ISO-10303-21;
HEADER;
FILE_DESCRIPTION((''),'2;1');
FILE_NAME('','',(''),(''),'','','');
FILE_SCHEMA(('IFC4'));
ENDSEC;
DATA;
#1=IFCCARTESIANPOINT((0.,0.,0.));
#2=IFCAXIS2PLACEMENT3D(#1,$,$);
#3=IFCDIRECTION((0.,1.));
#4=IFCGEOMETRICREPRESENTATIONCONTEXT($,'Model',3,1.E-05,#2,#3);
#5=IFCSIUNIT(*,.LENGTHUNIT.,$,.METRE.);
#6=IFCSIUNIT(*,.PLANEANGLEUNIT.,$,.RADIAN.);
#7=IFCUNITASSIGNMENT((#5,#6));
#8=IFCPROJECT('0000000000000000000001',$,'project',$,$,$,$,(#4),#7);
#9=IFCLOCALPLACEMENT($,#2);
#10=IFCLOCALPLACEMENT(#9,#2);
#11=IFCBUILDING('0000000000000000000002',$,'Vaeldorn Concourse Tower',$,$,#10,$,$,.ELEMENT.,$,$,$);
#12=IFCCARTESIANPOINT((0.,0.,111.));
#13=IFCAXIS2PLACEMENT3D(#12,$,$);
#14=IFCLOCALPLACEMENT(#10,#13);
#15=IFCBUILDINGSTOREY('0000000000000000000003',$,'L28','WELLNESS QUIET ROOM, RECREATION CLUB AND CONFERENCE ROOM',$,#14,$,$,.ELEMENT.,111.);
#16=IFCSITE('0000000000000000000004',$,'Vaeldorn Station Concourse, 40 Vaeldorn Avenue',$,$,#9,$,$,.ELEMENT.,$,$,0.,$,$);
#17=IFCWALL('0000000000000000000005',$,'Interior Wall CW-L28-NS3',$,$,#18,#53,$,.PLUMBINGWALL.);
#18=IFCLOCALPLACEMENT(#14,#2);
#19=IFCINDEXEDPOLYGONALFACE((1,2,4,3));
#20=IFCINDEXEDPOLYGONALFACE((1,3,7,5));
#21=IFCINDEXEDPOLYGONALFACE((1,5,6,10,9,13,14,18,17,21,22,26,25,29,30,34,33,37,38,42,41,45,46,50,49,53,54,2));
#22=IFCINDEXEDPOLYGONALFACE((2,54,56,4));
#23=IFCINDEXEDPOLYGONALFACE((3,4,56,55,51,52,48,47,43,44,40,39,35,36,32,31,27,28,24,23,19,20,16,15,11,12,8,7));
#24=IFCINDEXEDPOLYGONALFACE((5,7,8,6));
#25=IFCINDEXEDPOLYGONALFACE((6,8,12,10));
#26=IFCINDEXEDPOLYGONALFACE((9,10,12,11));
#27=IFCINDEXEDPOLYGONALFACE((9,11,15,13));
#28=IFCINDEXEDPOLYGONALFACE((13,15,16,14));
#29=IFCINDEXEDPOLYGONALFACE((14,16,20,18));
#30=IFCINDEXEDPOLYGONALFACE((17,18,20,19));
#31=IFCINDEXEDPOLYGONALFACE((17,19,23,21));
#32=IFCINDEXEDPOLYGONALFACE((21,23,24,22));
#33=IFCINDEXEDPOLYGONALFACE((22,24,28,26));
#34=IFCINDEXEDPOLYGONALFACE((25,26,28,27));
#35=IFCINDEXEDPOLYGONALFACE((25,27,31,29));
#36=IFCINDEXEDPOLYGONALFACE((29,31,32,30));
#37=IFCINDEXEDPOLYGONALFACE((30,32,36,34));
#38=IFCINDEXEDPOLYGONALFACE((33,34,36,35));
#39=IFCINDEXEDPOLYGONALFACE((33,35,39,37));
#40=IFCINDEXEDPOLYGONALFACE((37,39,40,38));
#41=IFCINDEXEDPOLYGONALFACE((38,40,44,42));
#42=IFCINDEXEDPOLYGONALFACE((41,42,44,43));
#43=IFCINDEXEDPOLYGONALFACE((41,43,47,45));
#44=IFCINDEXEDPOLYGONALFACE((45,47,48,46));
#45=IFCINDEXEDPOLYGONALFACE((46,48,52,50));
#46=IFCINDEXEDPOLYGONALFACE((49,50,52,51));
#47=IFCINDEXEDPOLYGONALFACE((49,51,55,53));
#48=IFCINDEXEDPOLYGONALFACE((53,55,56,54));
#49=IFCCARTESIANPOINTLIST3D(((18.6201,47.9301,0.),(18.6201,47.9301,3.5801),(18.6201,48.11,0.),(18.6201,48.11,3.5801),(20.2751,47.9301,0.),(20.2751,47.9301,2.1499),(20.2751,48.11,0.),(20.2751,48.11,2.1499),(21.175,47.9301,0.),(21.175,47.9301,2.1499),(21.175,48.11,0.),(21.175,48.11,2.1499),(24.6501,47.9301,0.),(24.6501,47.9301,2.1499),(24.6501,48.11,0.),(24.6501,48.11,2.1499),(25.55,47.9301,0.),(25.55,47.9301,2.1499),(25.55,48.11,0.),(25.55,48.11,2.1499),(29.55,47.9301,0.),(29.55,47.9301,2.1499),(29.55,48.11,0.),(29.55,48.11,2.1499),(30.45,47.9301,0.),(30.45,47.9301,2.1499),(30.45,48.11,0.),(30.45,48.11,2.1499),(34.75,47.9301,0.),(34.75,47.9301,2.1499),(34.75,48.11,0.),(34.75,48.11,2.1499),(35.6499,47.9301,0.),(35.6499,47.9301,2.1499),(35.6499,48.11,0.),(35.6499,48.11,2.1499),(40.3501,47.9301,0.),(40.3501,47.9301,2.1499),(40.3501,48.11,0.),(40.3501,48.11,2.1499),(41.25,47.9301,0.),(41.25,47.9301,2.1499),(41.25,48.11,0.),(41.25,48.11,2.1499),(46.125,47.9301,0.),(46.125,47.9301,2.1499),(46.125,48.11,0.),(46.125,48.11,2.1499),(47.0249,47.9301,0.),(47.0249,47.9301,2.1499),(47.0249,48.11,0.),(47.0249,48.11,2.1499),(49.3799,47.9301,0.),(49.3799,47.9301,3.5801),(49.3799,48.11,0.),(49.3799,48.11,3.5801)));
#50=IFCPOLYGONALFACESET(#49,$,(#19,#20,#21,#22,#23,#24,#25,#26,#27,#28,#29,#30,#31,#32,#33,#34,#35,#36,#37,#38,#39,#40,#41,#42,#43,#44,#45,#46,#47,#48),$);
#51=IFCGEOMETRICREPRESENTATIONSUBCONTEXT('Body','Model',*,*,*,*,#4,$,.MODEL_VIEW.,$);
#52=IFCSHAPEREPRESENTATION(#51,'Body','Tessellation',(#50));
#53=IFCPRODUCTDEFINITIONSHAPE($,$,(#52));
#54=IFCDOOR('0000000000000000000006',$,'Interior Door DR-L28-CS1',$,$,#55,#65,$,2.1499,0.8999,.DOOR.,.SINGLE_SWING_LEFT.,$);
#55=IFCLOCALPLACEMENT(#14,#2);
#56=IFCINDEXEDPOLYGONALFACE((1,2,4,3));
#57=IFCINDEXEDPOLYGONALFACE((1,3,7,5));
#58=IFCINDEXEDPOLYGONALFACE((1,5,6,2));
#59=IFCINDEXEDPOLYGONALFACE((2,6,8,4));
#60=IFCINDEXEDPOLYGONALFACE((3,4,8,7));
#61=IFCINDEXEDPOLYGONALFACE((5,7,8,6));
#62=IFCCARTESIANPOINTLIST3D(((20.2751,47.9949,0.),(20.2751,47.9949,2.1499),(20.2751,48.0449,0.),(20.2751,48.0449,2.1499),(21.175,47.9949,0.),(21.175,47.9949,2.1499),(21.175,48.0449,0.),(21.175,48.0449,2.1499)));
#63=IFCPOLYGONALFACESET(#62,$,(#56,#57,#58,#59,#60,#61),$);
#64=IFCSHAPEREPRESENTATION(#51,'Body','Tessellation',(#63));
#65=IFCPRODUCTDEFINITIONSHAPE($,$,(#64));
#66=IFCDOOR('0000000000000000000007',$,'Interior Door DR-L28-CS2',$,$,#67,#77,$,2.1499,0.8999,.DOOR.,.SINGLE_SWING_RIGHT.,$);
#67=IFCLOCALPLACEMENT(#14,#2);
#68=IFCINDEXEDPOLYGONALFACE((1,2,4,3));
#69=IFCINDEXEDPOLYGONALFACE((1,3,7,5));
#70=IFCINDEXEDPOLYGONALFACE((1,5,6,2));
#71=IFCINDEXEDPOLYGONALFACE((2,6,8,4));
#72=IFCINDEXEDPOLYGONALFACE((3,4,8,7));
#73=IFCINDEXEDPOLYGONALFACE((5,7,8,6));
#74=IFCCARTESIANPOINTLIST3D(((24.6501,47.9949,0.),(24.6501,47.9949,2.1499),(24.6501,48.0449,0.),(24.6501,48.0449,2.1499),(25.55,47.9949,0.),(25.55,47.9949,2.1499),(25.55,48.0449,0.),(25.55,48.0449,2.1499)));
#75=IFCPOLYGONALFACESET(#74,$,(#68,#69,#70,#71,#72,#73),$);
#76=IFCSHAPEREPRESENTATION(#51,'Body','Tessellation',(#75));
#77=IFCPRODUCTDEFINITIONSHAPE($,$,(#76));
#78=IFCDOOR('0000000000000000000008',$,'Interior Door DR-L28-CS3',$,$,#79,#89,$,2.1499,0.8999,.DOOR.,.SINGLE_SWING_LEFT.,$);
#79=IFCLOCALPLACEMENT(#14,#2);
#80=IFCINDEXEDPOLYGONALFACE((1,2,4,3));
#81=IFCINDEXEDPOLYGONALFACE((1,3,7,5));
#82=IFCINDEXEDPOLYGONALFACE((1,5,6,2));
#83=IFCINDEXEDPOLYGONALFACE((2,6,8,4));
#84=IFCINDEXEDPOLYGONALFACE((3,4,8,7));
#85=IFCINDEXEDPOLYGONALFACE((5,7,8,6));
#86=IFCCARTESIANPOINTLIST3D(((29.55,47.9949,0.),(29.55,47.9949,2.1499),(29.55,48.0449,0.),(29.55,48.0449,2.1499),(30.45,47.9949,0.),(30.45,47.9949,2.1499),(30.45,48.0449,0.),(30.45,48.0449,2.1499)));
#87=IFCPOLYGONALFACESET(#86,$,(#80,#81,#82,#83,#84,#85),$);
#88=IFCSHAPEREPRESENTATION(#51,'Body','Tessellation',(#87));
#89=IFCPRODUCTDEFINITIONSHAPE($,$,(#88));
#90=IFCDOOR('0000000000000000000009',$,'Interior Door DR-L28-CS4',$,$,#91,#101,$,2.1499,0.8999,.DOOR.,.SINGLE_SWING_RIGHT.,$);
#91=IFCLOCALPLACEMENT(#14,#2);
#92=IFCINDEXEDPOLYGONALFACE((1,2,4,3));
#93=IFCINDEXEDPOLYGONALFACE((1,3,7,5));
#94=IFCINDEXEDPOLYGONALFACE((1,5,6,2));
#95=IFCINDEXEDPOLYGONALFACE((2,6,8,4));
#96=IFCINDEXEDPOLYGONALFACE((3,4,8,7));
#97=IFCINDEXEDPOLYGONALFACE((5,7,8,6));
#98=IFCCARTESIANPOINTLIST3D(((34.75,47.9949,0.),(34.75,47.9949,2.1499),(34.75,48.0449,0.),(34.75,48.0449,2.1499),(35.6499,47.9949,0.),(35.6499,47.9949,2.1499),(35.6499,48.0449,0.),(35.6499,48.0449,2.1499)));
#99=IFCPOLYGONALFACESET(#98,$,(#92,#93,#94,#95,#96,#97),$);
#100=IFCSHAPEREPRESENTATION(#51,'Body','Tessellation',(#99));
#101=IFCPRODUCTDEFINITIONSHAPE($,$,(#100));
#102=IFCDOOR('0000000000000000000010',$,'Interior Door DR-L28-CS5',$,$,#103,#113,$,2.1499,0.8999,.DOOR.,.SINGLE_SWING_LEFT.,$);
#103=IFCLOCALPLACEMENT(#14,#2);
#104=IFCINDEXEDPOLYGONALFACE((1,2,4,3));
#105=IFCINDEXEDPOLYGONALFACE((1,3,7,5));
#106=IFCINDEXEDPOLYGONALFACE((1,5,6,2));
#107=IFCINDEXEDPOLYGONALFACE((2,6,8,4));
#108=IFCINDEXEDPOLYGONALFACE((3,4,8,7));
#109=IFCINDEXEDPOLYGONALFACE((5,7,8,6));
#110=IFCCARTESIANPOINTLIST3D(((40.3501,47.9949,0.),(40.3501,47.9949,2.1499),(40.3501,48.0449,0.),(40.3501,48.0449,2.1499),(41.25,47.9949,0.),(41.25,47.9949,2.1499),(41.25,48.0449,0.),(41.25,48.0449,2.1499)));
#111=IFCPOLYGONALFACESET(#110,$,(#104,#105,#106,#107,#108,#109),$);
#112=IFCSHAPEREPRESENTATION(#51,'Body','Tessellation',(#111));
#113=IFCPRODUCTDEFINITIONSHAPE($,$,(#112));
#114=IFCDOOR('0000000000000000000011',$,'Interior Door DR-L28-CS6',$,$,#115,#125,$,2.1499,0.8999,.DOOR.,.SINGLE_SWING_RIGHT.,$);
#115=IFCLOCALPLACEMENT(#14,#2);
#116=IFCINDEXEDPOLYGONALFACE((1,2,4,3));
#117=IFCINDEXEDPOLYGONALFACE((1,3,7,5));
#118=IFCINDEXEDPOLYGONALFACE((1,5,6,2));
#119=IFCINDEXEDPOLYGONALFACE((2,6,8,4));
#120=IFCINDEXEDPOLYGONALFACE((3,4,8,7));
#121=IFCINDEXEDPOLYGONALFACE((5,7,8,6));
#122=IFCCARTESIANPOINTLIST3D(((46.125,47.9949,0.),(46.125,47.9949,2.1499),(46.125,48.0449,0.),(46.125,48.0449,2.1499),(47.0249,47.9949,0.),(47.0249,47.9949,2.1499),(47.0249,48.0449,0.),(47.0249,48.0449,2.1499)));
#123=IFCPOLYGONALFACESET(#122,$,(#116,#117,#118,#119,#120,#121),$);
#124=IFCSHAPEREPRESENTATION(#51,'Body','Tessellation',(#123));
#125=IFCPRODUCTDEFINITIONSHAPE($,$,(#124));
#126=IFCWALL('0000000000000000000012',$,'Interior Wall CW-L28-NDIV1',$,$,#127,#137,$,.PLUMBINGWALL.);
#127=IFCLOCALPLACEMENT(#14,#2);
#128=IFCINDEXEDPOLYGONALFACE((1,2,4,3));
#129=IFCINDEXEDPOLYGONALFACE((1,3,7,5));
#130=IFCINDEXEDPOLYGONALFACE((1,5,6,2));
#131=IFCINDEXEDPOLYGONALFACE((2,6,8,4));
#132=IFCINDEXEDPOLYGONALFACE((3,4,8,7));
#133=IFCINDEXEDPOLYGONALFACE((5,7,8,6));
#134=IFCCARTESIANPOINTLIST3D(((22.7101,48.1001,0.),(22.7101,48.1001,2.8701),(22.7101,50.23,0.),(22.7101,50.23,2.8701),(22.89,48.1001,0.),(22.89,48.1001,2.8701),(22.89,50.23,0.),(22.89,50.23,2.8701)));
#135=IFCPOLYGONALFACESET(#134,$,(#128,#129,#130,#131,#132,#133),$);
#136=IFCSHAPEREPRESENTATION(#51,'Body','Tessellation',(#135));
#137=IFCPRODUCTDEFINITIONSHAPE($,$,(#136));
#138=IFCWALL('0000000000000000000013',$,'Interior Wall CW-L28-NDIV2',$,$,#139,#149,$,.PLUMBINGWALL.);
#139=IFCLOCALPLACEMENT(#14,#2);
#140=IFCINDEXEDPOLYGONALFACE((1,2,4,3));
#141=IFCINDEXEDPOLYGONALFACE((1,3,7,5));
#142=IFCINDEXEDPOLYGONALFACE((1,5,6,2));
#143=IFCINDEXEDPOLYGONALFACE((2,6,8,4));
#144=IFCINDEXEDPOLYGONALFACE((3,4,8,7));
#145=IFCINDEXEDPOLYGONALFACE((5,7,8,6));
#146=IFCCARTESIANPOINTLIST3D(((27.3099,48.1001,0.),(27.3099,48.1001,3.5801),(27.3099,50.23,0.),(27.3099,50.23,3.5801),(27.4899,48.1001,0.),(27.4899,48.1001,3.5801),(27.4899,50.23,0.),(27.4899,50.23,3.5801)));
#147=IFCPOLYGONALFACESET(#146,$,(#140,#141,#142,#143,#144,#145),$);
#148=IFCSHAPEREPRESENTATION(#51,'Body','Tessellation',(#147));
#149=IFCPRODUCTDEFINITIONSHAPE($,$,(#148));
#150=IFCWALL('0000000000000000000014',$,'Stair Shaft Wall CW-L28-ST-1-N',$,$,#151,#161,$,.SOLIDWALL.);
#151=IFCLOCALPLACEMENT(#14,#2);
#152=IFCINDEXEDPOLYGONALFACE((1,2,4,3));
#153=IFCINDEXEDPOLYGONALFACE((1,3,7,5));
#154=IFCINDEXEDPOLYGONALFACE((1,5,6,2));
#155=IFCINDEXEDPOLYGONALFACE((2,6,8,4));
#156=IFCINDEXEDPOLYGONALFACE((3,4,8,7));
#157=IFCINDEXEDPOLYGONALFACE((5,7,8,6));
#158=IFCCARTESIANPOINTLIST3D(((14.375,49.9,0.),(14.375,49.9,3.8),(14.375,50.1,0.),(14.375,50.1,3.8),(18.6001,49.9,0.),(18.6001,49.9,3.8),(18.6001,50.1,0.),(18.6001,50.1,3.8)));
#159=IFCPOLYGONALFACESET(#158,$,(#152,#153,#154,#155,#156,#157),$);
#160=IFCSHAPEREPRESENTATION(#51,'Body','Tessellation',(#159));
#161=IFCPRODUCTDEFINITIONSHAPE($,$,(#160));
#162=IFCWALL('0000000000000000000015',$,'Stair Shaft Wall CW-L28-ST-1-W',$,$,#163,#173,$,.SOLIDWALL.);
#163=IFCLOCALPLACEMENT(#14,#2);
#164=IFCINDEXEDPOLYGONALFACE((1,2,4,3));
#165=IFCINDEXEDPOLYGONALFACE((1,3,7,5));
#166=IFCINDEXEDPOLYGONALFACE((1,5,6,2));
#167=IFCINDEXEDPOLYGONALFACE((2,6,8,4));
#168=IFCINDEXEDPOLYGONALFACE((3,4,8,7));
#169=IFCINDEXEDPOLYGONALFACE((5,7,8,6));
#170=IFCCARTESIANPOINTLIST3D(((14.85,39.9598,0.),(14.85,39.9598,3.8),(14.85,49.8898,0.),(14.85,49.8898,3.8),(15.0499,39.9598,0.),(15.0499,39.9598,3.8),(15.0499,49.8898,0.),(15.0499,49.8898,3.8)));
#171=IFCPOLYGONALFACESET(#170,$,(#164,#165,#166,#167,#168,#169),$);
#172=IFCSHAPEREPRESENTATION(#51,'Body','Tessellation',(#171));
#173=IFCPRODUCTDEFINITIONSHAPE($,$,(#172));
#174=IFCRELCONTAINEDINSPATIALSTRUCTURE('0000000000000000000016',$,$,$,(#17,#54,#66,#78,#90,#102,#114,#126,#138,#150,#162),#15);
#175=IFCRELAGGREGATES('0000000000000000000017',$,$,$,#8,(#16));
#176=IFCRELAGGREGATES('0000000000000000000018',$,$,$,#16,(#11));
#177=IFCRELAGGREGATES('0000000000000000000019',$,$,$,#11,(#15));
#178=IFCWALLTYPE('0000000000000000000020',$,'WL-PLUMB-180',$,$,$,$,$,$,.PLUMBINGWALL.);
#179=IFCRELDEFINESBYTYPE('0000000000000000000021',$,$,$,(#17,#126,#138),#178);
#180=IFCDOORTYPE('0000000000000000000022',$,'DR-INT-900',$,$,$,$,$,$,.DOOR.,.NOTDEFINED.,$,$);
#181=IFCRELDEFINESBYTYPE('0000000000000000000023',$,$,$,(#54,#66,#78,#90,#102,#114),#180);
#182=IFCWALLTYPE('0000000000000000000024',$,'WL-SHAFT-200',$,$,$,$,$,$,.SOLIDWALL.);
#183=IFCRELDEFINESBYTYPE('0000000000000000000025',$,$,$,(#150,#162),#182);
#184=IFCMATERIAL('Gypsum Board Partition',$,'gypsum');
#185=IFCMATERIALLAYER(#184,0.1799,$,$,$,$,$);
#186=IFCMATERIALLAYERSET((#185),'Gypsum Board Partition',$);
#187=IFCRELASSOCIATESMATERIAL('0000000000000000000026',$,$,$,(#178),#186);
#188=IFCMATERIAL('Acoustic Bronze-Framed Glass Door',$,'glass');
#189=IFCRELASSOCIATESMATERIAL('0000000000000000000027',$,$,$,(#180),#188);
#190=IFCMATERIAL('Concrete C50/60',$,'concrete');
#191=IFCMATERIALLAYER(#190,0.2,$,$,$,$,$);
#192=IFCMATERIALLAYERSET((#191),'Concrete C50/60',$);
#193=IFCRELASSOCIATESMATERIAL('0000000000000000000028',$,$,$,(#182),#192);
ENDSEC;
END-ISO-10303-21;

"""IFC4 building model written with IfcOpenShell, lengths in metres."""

from ifc_helpers import new_model, si_unit, direction, frame, frame_2d, origin, place, context, subcontext, project, spatial, rectangle, extrude, source, transform, mapped, material, layer, layer_set, type_object, element, fill, save


model = new_model("IFC4")

# Units and contexts
model_context = context("Model", 3, precision=1e-05, world=origin(), true_north=direction((0.0, 1.0)))
body_context = subcontext(model_context, "Body", "Model", "MODEL_VIEW")
ifc_project = project(units=[si_unit("LENGTHUNIT", "METRE"), si_unit("PLANEANGLEUNIT", "RADIAN")], contexts=[model_context])

# Site, building, storey
site_placement = place(None, origin())
site = spatial("IfcSite", under=ifc_project, at=site_placement, Name="Vaeldorn Station Concourse, 40 Vaeldorn Avenue", CompositionType="ELEMENT", RefElevation=0.0)
building_placement = place(site_placement, origin())
building = spatial("IfcBuilding", under=site, at=building_placement, Name="Vaeldorn Concourse Tower", CompositionType="ELEMENT")
storey_placement = place(building_placement, frame((0.0, 0.0, 111.0)))
storey = spatial("IfcBuildingStorey", under=building, at=storey_placement, Name="L28", Description="WELLNESS QUIET ROOM, RECREATION CLUB AND CONFERENCE ROOM", CompositionType="ELEMENT", Elevation=111.0)

# Shared definitions
ifc_material_1 = material(Name="Gypsum Board Partition", Category="gypsum")

# Wall, openings, doors
ifc_layer_1 = layer(ifc_material_1, 0.1799)
ifc_layer_set_1 = layer_set([ifc_layer_1], Name="Gypsum Board Partition")
wall_type_1 = type_object("IfcWallType", Name="WL-PLUMB-180", PredefinedType="PLUMBINGWALL", material=ifc_layer_set_1)
wall_1_placement = place(storey_placement, frame((18.6201, 48.02, 0.0), z_axis=(0.0, 0.0, 1.0), x_axis=(1.0, 0.0, 0.0)))
wall_1 = element("IfcWall", 1, at=wall_1_placement, inside=storey, type_object=wall_type_1, Name="Interior Wall CW-L28-NS3", PredefinedType="PLUMBINGWALL", context=body_context, shape_type="SweptSolid", body=[
    extrude(rectangle(XDim=30.7598, YDim=0.1799, at=frame_2d((15.3799, 0.0))), origin(), (0.0, 0.0, 1.0), 3.5801),
])
opening_1_placement = place(wall_1_placement, frame((1.655, 0.0, 0.0)))
opening_1 = element("IfcOpeningElement", 2, at=opening_1_placement, cuts=wall_1, PredefinedType="OPENING", context=body_context, shape_type="SweptSolid", body=[
    extrude(rectangle(XDim=0.8999, YDim=2.1499, at=frame_2d((0.45, 1.075))), frame((0.0, 0.1001, 0.0), z_axis=(0.0, -1.0, 0.0), x_axis=(1.0, 0.0, 0.0)), (0.0, 0.0, 1.0), 0.2),
])
opening_2_placement = place(wall_1_placement, frame((6.03, 0.0, 0.0)))
opening_2 = element("IfcOpeningElement", 3, at=opening_2_placement, cuts=wall_1, PredefinedType="OPENING", context=body_context, shape_type="SweptSolid", body=[
    extrude(rectangle(XDim=0.8999, YDim=2.1499, at=frame_2d((0.45, 1.075))), frame((0.0, 0.1001, 0.0), z_axis=(0.0, -1.0, 0.0), x_axis=(1.0, 0.0, 0.0)), (0.0, 0.0, 1.0), 0.2),
])
opening_3_placement = place(wall_1_placement, frame((10.9299, 0.0, 0.0)))
opening_3 = element("IfcOpeningElement", 4, at=opening_3_placement, cuts=wall_1, PredefinedType="OPENING", context=body_context, shape_type="SweptSolid", body=[
    extrude(rectangle(XDim=0.8999, YDim=2.1499, at=frame_2d((0.45, 1.075))), frame((0.0, 0.1001, 0.0), z_axis=(0.0, -1.0, 0.0), x_axis=(1.0, 0.0, 0.0)), (0.0, 0.0, 1.0), 0.2),
])
opening_4_placement = place(wall_1_placement, frame((16.1299, 0.0, 0.0)))
opening_4 = element("IfcOpeningElement", 5, at=opening_4_placement, cuts=wall_1, PredefinedType="OPENING", context=body_context, shape_type="SweptSolid", body=[
    extrude(rectangle(XDim=0.8999, YDim=2.1499, at=frame_2d((0.45, 1.075))), frame((0.0, 0.1001, 0.0), z_axis=(0.0, -1.0, 0.0), x_axis=(1.0, 0.0, 0.0)), (0.0, 0.0, 1.0), 0.2),
])
opening_5_placement = place(wall_1_placement, frame((21.73, 0.0, 0.0)))
opening_5 = element("IfcOpeningElement", 6, at=opening_5_placement, cuts=wall_1, PredefinedType="OPENING", context=body_context, shape_type="SweptSolid", body=[
    extrude(rectangle(XDim=0.8999, YDim=2.1499, at=frame_2d((0.45, 1.075))), frame((0.0, 0.1001, 0.0), z_axis=(0.0, -1.0, 0.0), x_axis=(1.0, 0.0, 0.0)), (0.0, 0.0, 1.0), 0.2),
])
opening_6_placement = place(wall_1_placement, frame((27.5049, 0.0, 0.0)))
opening_6 = element("IfcOpeningElement", 7, at=opening_6_placement, cuts=wall_1, PredefinedType="OPENING", context=body_context, shape_type="SweptSolid", body=[
    extrude(rectangle(XDim=0.8999, YDim=2.1499, at=frame_2d((0.45, 1.075))), frame((0.0, 0.1001, 0.0), z_axis=(0.0, -1.0, 0.0), x_axis=(1.0, 0.0, 0.0)), (0.0, 0.0, 1.0), 0.2),
])
ifc_material_2 = material(Name="Acoustic Bronze-Framed Glass Door", Category="glass")
door_type_1 = type_object("IfcDoorType", Name="DR-INT-900", OperationType="NOTDEFINED", PredefinedType="DOOR", material=ifc_material_2)
shared_shape_1 = source(origin(), body_context, "Body", "SweptSolid", [
    extrude(rectangle(XDim=0.8999, YDim=2.1499, at=frame_2d((0.45, 1.075))), frame((0.0, 0.0249, 0.0), z_axis=(0.0, -1.0, 0.0), x_axis=(1.0, 0.0, 0.0)), (0.0, 0.0, 1.0), 0.05),
])
door_1_placement = place(opening_1_placement, origin())
door_1 = element("IfcDoor", 8, at=door_1_placement, inside=storey, type_object=door_type_1, Name="Interior Door DR-L28-CS1", OperationType="SINGLE_SWING_LEFT", OverallHeight=2.1499, OverallWidth=0.8999, PredefinedType="DOOR", context=body_context, shape_type="MappedRepresentation", body=[
    mapped(shared_shape_1, transform((0.0, 0.0, 0.0), scale=1.0)),
])
fill(opening_1, door_1)
door_2_placement = place(opening_2_placement, origin())
door_2 = element("IfcDoor", 9, at=door_2_placement, inside=storey, type_object=door_type_1, Name="Interior Door DR-L28-CS2", OperationType="SINGLE_SWING_RIGHT", OverallHeight=2.1499, OverallWidth=0.8999, PredefinedType="DOOR", context=body_context, shape_type="MappedRepresentation", body=[
    mapped(shared_shape_1, transform((0.0, 0.0, 0.0), scale=1.0)),
])
fill(opening_2, door_2)
door_3_placement = place(opening_3_placement, origin())
door_3 = element("IfcDoor", 10, at=door_3_placement, inside=storey, type_object=door_type_1, Name="Interior Door DR-L28-CS3", OperationType="SINGLE_SWING_LEFT", OverallHeight=2.1499, OverallWidth=0.8999, PredefinedType="DOOR", context=body_context, shape_type="MappedRepresentation", body=[
    mapped(shared_shape_1, transform((0.0, 0.0, 0.0), scale=1.0)),
])
fill(opening_3, door_3)
door_4_placement = place(opening_4_placement, origin())
door_4 = element("IfcDoor", 11, at=door_4_placement, inside=storey, type_object=door_type_1, Name="Interior Door DR-L28-CS4", OperationType="SINGLE_SWING_RIGHT", OverallHeight=2.1499, OverallWidth=0.8999, PredefinedType="DOOR", context=body_context, shape_type="MappedRepresentation", body=[
    mapped(shared_shape_1, transform((0.0, 0.0, 0.0), scale=1.0)),
])
fill(opening_4, door_4)
door_5_placement = place(opening_5_placement, origin())
door_5 = element("IfcDoor", 12, at=door_5_placement, inside=storey, type_object=door_type_1, Name="Interior Door DR-L28-CS5", OperationType="SINGLE_SWING_LEFT", OverallHeight=2.1499, OverallWidth=0.8999, PredefinedType="DOOR", context=body_context, shape_type="MappedRepresentation", body=[
    mapped(shared_shape_1, transform((0.0, 0.0, 0.0), scale=1.0)),
])
fill(opening_5, door_5)
door_6_placement = place(opening_6_placement, origin())
door_6 = element("IfcDoor", 13, at=door_6_placement, inside=storey, type_object=door_type_1, Name="Interior Door DR-L28-CS6", OperationType="SINGLE_SWING_RIGHT", OverallHeight=2.1499, OverallWidth=0.8999, PredefinedType="DOOR", context=body_context, shape_type="MappedRepresentation", body=[
    mapped(shared_shape_1, transform((0.0, 0.0, 0.0), scale=1.0)),
])
fill(opening_6, door_6)

# Walls
wall_2_placement = place(storey_placement, frame((22.8, 48.1001, 0.0), z_axis=(0.0, 0.0, 1.0), x_axis=(0.0, 1.0, 0.0)))
element("IfcWall", 14, at=wall_2_placement, inside=storey, type_object=wall_type_1, Name="Interior Wall CW-L28-NDIV1", PredefinedType="PLUMBINGWALL", context=body_context, shape_type="SweptSolid", body=[
    extrude(rectangle(XDim=2.1299, YDim=0.1799, at=frame_2d((1.0649, 0.0))), origin(), (0.0, 0.0, 1.0), 2.8701),
])
wall_3_placement = place(storey_placement, frame((27.3999, 48.1001, 0.0), z_axis=(0.0, 0.0, 1.0), x_axis=(0.0, 1.0, 0.0)))
element("IfcWall", 15, at=wall_3_placement, inside=storey, type_object=wall_type_1, Name="Interior Wall CW-L28-NDIV2", PredefinedType="PLUMBINGWALL", context=body_context, shape_type="SweptSolid", body=[
    extrude(rectangle(XDim=2.1299, YDim=0.1799, at=frame_2d((1.0649, 0.0))), origin(), (0.0, 0.0, 1.0), 3.5801),
])
ifc_material_3 = material(Name="Concrete C50/60", Category="concrete")
ifc_layer_2 = layer(ifc_material_3, 0.2)
ifc_layer_set_2 = layer_set([ifc_layer_2], Name="Concrete C50/60")
wall_type_2 = type_object("IfcWallType", Name="WL-SHAFT-200", PredefinedType="SOLIDWALL", material=ifc_layer_set_2)
wall_4_placement = place(storey_placement, frame((14.375, 50.0, 0.0), z_axis=(0.0, 0.0, 1.0), x_axis=(1.0, 0.0, 0.0)))
element("IfcWall", 16, at=wall_4_placement, inside=storey, type_object=wall_type_2, Name="Stair Shaft Wall CW-L28-ST-1-N", PredefinedType="SOLIDWALL", context=body_context, shape_type="SweptSolid", body=[
    extrude(rectangle(XDim=4.2251, YDim=0.2, at=frame_2d((2.1125, 0.0))), origin(), (0.0, 0.0, 1.0), 3.8),
])
for number, where, z_axis, x_axis, name in (
    (17, (14.95, 39.96, 0.0), (0.0, 0.0, 1.0), (0.0, 1.0, 0.0), "Stair Shaft Wall CW-L28-ST-1-W"),
):
    element("IfcWall", number, at=place(storey_placement, frame(where, z_axis=z_axis, x_axis=x_axis)), inside=storey, type_object=wall_type_2, Name=name, PredefinedType="SOLIDWALL", context=body_context, shape_type="SweptSolid", body=[
        extrude(rectangle(XDim=9.9299, YDim=0.2, at=frame_2d((4.9648, 0.0))), origin(), (0.0, 0.0, 1.0), 3.8),
    ])

save(model, "model.ifc")
